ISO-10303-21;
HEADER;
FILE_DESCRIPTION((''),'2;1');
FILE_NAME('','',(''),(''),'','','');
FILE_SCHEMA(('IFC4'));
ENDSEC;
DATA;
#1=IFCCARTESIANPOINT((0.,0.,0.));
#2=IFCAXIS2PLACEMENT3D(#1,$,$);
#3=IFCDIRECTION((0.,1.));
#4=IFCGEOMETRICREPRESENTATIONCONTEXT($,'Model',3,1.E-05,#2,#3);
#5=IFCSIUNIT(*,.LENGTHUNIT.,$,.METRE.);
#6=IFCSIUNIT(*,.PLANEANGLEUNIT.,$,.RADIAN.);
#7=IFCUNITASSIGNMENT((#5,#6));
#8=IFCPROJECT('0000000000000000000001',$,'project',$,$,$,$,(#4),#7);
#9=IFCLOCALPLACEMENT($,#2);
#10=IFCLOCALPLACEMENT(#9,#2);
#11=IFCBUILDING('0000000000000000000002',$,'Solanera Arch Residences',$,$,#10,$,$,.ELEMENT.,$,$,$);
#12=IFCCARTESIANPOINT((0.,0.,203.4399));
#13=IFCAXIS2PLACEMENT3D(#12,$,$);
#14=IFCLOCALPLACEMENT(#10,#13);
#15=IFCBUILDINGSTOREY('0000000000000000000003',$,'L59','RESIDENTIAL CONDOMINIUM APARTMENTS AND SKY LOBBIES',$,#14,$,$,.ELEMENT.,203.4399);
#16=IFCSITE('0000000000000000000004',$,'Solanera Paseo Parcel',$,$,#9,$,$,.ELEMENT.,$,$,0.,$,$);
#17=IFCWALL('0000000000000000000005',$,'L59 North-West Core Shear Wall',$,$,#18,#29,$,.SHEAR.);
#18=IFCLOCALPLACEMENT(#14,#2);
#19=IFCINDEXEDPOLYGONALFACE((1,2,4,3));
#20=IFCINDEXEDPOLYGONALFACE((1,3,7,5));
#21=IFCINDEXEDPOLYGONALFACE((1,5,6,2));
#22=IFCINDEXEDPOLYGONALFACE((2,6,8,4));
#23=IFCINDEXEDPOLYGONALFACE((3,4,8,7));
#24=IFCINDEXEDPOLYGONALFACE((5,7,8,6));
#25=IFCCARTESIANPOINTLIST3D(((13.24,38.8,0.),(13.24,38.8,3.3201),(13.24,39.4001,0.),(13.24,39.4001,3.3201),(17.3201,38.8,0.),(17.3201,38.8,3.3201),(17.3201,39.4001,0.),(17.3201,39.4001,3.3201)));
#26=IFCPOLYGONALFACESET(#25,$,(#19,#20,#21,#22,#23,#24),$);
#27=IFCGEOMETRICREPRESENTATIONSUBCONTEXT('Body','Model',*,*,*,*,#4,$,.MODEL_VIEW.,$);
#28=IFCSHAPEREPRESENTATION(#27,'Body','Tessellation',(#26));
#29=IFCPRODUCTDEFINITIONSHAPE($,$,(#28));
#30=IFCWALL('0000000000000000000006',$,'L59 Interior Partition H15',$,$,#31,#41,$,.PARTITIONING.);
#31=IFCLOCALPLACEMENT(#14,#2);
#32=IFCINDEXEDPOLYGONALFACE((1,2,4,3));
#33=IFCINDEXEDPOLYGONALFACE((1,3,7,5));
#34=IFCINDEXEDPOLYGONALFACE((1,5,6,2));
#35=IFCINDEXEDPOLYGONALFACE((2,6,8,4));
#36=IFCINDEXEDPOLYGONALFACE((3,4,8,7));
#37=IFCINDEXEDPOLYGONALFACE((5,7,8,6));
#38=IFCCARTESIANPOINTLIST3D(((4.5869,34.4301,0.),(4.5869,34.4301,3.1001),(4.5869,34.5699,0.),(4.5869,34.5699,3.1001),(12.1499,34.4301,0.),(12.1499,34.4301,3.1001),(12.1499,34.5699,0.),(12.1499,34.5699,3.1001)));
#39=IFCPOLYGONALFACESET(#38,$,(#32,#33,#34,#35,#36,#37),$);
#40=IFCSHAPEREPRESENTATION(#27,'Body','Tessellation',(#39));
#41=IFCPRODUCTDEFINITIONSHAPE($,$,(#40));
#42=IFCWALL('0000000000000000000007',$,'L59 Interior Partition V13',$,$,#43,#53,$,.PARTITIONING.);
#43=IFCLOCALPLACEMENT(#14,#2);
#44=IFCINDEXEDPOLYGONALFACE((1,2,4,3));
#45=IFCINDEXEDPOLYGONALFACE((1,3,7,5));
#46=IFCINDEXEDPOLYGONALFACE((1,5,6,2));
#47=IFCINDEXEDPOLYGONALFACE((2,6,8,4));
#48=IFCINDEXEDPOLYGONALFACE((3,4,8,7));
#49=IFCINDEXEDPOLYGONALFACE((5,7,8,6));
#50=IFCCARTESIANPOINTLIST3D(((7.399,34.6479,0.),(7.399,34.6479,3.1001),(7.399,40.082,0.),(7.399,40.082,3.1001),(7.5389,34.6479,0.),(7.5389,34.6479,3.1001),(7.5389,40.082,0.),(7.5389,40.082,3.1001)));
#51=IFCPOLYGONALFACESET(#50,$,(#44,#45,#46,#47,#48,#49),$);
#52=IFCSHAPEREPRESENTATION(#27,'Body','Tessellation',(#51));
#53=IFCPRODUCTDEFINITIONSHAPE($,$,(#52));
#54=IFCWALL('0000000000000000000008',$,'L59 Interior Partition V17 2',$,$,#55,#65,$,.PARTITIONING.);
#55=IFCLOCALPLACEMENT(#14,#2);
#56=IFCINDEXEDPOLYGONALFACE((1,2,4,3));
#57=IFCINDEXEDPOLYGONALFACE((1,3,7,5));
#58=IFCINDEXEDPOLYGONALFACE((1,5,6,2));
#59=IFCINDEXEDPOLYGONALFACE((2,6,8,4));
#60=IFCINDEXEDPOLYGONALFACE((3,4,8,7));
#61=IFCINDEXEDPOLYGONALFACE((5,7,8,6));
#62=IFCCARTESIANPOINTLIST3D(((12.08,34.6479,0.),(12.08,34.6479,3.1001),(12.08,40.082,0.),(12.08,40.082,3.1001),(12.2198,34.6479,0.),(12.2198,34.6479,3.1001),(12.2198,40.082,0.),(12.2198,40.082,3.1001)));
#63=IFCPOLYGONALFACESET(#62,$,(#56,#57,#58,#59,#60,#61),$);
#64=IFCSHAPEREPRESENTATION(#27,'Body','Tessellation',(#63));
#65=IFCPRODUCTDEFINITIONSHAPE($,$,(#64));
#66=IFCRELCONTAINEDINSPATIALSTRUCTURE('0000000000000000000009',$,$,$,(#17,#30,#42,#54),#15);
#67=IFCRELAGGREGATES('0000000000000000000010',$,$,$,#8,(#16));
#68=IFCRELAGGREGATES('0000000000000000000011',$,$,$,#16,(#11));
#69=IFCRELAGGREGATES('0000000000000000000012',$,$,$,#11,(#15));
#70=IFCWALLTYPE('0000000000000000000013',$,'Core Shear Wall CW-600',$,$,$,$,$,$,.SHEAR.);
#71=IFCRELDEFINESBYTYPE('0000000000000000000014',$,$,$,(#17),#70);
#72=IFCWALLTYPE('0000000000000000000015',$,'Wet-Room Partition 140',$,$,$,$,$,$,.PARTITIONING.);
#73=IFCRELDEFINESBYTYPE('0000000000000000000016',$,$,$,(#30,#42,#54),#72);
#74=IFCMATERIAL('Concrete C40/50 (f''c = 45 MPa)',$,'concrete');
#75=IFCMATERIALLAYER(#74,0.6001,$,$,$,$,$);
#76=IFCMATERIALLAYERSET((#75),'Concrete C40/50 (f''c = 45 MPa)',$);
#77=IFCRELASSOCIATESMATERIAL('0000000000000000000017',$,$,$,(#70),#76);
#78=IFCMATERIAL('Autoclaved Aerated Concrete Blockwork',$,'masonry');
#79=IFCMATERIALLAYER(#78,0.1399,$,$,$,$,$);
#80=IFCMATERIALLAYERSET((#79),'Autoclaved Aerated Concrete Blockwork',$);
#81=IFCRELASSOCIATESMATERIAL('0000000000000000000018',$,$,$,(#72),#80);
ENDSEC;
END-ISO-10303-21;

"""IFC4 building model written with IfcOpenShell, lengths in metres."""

from ifc_helpers import new_model, si_unit, direction, frame, frame_2d, origin, place, context, subcontext, project, spatial, rectangle, extrude, material, layer, layer_set, type_object, element, save


model = new_model("IFC4")

# Units and contexts
model_context = context("Model", 3, precision=1e-05, world=origin(), true_north=direction((0.0, 1.0)))
body_context = subcontext(model_context, "Body", "Model", "MODEL_VIEW")
ifc_project = project(units=[si_unit("LENGTHUNIT", "METRE"), si_unit("PLANEANGLEUNIT", "RADIAN")], contexts=[model_context])

# Site, building, storey
site_placement = place(None, origin())
site = spatial("IfcSite", under=ifc_project, at=site_placement, Name="Solanera Paseo Parcel", CompositionType="ELEMENT", RefElevation=0.0)
building_placement = place(site_placement, origin())
building = spatial("IfcBuilding", under=site, at=building_placement, Name="Solanera Arch Residences", CompositionType="ELEMENT")
storey_placement = place(building_placement, frame((0.0, 0.0, 203.4399)))
storey = spatial("IfcBuildingStorey", under=building, at=storey_placement, Name="L59", Description="RESIDENTIAL CONDOMINIUM APARTMENTS AND SKY LOBBIES", CompositionType="ELEMENT", Elevation=203.4399)

# Walls
ifc_material_1 = material(Name="Concrete C40/50 (f'c = 45 MPa)", Category="concrete")
ifc_layer_1 = layer(ifc_material_1, 0.6001)
ifc_layer_set_1 = layer_set([ifc_layer_1], Name="Concrete C40/50 (f'c = 45 MPa)")
wall_type_1 = type_object("IfcWallType", Name="Core Shear Wall CW-600", PredefinedType="SHEAR", material=ifc_layer_set_1)
wall_1_placement = place(storey_placement, frame((13.24, 39.1001, 0.0), z_axis=(0.0, 0.0, 1.0), x_axis=(1.0, 0.0, 0.0)))
element("IfcWall", 1, at=wall_1_placement, inside=storey, type_object=wall_type_1, Name="L59 North-West Core Shear Wall", PredefinedType="SHEAR", context=body_context, shape_type="SweptSolid", body=[
    extrude(rectangle(XDim=4.0801, YDim=0.6001, at=frame_2d((2.04, 0.0))), origin(), (0.0, 0.0, 1.0), 3.3201),
])
ifc_material_2 = material(Name="Autoclaved Aerated Concrete Blockwork", Category="masonry")
ifc_layer_2 = layer(ifc_material_2, 0.1399)
ifc_layer_set_2 = layer_set([ifc_layer_2], Name="Autoclaved Aerated Concrete Blockwork")
wall_type_2 = type_object("IfcWallType", Name="Wet-Room Partition 140", PredefinedType="PARTITIONING", material=ifc_layer_set_2)
wall_2_placement = place(storey_placement, frame((4.5869, 34.5, 0.0), z_axis=(0.0, 0.0, 1.0), x_axis=(1.0, 0.0, 0.0)))
element("IfcWall", 2, at=wall_2_placement, inside=storey, type_object=wall_type_2, Name="L59 Interior Partition H15", PredefinedType="PARTITIONING", context=body_context, shape_type="SweptSolid", body=[
    extrude(rectangle(XDim=7.563, YDim=0.1399, at=frame_2d((3.7815, 0.0))), origin(), (0.0, 0.0, 1.0), 3.1001),
])
for number, where, z_axis, x_axis, name in (
    (3, (7.469, 34.6479, 0.0), (0.0, 0.0, 1.0), (0.0, 1.0, 0.0), "L59 Interior Partition V13"),
    (4, (12.1499, 34.6479, 0.0), (0.0, 0.0, 1.0), (0.0, 1.0, 0.0), "L59 Interior Partition V17 2"),
):
    element("IfcWall", number, at=place(storey_placement, frame(where, z_axis=z_axis, x_axis=x_axis)), inside=storey, type_object=wall_type_2, Name=name, PredefinedType="PARTITIONING", context=body_context, shape_type="SweptSolid", body=[
        extrude(rectangle(XDim=5.4341, YDim=0.1399, at=frame_2d((2.717, 0.0))), origin(), (0.0, 0.0, 1.0), 3.1001),
    ])

save(model, "model.ifc")
